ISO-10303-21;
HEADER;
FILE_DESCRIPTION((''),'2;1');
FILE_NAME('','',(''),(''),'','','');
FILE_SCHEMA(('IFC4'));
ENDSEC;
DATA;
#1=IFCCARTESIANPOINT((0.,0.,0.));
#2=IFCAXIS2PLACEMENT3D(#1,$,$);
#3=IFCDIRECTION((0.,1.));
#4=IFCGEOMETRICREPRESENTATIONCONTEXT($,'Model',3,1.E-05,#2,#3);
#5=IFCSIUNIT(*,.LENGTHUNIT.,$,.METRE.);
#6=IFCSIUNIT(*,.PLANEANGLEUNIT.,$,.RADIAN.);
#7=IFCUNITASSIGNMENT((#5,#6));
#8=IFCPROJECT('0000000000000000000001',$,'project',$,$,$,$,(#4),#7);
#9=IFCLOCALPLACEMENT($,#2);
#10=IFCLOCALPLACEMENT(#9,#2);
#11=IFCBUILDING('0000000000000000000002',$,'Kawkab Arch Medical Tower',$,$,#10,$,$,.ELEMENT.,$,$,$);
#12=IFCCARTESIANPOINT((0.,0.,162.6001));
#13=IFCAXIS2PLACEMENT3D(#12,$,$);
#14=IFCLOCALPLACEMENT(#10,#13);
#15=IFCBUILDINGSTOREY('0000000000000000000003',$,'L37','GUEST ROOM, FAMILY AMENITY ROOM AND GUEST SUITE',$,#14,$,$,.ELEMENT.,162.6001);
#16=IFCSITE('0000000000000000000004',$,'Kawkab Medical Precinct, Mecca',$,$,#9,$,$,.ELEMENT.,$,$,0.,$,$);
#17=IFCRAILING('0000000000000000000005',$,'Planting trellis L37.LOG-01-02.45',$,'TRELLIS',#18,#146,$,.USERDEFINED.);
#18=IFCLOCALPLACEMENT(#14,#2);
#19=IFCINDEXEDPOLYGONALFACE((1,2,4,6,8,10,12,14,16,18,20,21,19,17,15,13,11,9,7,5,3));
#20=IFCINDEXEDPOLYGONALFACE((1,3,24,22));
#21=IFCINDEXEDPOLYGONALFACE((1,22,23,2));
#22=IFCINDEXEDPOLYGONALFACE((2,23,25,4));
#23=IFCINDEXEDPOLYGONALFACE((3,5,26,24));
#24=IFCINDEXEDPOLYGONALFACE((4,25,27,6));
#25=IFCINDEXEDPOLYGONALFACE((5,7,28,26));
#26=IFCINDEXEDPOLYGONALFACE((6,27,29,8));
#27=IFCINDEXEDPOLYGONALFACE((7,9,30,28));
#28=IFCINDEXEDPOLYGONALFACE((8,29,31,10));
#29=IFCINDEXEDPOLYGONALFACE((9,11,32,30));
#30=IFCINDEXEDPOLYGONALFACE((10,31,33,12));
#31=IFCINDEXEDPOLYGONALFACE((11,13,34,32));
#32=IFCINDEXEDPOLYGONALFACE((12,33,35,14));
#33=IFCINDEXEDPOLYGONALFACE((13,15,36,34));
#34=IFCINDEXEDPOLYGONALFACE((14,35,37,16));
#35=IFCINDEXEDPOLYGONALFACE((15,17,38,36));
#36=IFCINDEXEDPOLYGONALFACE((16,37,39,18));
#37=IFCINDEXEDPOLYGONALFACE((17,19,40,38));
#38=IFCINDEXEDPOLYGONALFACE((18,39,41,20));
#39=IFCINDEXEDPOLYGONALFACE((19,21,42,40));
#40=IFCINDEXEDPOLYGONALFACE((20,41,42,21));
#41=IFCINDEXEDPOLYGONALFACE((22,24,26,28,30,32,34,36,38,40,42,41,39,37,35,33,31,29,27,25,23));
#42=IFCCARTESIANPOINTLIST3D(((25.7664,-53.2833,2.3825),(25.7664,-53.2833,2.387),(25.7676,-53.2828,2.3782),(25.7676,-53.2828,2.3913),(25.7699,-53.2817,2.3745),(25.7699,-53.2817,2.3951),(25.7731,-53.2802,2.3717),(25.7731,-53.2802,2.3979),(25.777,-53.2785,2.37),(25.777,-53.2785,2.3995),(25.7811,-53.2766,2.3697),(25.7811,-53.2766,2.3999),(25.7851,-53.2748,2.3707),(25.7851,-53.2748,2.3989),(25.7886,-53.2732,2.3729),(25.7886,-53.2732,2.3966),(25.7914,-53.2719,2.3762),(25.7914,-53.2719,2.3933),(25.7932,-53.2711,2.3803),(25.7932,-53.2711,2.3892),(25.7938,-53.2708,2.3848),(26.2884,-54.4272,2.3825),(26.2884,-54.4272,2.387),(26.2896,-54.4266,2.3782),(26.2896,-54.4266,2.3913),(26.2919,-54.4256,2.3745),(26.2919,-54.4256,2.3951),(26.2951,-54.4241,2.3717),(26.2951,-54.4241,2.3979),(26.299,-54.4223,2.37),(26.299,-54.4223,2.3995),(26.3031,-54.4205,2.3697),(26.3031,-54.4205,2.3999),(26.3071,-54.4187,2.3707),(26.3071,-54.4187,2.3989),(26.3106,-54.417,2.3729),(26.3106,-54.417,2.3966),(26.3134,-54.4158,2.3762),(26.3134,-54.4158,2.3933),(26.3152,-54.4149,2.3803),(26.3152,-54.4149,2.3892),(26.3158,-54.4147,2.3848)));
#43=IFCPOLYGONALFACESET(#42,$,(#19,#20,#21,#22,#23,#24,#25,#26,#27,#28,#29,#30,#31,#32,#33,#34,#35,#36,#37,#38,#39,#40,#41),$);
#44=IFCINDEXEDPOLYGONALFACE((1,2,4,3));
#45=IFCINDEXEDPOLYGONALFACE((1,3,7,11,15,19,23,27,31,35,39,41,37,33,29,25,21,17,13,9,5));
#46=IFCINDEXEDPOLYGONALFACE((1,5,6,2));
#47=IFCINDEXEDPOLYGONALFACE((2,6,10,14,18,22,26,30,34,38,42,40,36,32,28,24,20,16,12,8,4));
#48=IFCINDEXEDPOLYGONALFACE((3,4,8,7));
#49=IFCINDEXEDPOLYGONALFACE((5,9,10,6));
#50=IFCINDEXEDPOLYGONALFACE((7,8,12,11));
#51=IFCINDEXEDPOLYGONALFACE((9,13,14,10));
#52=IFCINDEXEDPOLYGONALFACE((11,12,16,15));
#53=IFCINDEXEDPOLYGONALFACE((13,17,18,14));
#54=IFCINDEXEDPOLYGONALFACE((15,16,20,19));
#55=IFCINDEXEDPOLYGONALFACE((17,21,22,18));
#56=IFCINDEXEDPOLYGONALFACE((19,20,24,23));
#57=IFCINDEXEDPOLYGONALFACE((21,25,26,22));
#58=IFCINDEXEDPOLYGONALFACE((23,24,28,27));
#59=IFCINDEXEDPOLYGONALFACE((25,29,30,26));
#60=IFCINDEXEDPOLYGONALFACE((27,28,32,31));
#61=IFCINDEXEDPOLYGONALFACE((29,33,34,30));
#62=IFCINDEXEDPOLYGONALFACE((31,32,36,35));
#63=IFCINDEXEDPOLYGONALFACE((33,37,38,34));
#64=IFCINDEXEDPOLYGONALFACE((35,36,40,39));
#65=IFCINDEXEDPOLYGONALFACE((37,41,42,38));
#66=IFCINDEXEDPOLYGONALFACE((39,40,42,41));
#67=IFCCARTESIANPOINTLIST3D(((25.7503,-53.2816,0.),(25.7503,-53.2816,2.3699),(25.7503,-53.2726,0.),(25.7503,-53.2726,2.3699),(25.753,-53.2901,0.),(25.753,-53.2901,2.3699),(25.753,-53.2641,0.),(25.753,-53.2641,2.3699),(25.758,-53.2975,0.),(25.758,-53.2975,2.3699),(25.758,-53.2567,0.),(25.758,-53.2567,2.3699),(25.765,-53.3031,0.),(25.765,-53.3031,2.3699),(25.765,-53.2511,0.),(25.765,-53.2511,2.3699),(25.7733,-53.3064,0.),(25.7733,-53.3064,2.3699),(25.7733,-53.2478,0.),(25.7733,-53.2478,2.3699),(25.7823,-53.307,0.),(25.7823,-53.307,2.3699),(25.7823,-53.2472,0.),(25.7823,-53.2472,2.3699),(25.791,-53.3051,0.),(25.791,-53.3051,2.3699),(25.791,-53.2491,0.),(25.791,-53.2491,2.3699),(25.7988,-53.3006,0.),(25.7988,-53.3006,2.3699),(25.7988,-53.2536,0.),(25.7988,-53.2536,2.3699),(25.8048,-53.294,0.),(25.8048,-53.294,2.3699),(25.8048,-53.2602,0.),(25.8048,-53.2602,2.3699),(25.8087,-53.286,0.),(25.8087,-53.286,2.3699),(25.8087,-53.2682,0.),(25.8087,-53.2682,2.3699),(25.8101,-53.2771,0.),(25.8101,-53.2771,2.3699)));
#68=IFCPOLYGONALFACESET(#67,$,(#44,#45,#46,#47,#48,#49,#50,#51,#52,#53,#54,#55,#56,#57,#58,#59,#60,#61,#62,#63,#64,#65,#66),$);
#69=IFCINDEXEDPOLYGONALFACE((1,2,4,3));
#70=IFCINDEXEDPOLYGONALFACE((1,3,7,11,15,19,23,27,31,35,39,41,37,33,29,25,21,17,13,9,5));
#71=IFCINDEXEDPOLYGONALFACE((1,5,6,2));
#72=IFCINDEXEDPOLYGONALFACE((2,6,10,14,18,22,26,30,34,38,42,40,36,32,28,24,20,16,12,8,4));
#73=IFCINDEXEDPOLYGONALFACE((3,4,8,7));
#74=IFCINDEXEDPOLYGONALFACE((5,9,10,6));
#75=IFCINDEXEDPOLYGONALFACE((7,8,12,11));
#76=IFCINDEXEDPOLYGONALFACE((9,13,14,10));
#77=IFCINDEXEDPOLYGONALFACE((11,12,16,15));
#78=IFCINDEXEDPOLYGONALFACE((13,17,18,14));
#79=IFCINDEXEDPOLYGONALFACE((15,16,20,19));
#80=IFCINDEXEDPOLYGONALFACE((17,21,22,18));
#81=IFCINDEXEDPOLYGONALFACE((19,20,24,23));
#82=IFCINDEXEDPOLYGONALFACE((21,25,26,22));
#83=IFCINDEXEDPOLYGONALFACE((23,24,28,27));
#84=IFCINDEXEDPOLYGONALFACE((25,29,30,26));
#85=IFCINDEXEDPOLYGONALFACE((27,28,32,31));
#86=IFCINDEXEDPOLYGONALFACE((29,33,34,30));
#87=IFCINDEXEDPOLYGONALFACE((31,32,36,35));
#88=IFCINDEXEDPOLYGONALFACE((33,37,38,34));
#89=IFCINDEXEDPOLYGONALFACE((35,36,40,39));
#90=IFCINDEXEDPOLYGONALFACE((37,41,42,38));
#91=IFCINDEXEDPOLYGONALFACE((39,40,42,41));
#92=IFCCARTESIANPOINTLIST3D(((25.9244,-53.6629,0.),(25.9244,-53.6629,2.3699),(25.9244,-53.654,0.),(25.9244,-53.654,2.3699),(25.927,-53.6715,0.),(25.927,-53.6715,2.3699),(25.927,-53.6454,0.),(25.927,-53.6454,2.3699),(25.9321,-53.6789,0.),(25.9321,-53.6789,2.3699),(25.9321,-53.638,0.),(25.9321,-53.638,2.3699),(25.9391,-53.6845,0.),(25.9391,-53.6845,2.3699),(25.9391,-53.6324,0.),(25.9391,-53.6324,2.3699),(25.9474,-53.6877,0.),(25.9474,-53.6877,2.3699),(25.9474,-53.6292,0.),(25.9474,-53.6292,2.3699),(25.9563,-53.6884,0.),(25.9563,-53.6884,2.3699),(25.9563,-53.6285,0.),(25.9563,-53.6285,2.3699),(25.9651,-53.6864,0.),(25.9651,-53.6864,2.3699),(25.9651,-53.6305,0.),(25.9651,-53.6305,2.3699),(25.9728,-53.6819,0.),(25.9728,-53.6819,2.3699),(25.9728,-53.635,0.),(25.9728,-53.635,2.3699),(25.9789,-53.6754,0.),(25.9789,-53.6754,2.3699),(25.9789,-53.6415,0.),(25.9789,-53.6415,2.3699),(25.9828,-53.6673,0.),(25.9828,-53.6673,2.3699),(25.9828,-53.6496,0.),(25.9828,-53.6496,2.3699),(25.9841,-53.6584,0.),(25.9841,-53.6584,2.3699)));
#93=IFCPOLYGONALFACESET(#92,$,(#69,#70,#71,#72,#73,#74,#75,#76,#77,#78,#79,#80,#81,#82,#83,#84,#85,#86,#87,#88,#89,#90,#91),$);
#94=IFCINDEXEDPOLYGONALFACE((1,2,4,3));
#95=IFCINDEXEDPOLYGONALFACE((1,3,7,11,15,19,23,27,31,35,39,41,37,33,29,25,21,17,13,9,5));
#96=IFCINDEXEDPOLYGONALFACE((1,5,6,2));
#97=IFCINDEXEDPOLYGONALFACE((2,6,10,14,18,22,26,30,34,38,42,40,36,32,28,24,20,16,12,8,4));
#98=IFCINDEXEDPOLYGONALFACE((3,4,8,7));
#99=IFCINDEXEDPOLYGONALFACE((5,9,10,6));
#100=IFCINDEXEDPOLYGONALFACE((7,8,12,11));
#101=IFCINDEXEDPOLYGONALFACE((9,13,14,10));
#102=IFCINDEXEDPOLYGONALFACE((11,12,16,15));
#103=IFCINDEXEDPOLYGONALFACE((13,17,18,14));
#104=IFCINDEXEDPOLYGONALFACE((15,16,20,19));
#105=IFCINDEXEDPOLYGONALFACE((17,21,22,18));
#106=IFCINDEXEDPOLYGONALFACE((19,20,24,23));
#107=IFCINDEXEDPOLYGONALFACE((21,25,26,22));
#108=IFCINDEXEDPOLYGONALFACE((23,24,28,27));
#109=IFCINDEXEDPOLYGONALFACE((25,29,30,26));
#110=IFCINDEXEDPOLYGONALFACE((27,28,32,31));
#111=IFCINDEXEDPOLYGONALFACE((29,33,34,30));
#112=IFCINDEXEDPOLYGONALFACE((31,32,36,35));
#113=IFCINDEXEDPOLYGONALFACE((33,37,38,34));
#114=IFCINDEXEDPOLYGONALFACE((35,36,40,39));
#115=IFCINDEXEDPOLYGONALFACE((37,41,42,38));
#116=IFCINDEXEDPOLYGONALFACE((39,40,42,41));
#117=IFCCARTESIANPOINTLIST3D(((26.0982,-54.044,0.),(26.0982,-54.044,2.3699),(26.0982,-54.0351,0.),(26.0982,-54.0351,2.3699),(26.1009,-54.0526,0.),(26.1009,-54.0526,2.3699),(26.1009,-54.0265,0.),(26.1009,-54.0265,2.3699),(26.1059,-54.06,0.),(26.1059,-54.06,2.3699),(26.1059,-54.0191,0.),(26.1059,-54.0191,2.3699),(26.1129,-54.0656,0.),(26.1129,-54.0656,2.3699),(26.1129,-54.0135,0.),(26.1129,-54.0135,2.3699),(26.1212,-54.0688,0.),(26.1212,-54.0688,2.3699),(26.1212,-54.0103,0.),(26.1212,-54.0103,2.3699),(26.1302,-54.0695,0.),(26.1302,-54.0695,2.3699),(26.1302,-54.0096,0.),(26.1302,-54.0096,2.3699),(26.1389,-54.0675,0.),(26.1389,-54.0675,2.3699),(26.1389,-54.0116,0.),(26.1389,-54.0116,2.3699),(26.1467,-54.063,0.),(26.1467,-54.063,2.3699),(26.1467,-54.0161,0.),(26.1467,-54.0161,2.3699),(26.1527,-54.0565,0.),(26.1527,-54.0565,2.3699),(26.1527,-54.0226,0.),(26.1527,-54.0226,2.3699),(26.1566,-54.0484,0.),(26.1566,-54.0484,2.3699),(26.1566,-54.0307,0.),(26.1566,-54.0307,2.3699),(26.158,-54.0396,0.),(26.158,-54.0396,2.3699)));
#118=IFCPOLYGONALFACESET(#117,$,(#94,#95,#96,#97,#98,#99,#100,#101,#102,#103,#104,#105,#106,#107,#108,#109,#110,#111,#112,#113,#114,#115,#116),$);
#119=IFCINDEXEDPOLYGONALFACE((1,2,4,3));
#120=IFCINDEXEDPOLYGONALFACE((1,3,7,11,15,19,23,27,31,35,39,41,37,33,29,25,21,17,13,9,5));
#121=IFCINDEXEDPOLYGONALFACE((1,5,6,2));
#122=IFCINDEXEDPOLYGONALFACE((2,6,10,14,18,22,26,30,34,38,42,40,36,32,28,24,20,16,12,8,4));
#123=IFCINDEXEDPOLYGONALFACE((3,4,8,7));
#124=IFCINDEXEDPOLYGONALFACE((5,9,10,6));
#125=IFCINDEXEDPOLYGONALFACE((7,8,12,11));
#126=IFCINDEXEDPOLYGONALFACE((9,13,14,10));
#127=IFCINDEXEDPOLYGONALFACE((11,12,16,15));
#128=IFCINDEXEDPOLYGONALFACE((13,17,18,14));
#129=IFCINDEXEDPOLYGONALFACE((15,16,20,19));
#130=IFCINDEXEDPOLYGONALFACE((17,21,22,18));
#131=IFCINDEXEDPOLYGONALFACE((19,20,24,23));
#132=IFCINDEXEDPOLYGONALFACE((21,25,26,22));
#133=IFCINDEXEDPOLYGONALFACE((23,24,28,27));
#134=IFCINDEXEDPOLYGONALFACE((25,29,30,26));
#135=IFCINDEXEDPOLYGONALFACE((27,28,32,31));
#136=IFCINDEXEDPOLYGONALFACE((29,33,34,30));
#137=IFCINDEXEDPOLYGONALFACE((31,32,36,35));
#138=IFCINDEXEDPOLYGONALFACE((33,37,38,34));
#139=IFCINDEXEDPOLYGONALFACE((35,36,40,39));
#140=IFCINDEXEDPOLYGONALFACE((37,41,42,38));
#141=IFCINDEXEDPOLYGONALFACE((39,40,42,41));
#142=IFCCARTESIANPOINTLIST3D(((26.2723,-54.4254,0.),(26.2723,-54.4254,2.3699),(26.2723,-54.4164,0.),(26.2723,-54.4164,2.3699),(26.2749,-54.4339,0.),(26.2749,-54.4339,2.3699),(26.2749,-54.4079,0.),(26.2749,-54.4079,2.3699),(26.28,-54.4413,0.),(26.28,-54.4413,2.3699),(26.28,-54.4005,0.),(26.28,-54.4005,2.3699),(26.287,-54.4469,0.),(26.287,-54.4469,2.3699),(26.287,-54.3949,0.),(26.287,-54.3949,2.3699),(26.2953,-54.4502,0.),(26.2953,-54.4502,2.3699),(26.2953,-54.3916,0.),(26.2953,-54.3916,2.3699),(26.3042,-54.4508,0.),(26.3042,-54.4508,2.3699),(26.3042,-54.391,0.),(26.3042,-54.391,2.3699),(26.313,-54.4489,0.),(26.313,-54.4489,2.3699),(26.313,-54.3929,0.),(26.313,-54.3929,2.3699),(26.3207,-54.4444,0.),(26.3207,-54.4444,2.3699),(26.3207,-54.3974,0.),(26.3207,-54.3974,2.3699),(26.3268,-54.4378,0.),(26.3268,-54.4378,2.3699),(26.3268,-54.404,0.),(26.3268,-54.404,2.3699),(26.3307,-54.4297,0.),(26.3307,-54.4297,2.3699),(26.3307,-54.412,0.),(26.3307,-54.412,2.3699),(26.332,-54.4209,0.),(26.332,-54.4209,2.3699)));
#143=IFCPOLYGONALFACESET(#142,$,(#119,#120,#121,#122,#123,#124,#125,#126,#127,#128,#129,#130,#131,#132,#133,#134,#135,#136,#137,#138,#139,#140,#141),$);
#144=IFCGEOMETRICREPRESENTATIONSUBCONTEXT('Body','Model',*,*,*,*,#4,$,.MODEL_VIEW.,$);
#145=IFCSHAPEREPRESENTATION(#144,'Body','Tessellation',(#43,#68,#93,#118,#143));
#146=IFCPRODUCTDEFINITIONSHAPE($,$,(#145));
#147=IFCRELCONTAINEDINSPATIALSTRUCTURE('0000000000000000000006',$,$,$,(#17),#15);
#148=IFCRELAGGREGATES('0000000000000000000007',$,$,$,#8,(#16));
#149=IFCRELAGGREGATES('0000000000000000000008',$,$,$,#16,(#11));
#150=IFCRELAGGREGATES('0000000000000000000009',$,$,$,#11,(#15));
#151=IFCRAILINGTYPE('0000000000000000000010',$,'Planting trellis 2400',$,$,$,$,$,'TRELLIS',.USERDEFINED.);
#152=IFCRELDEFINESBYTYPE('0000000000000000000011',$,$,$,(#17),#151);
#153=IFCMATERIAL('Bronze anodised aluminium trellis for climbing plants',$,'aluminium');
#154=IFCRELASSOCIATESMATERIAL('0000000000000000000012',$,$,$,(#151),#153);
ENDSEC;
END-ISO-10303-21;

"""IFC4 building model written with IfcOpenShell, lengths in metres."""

from ifc_helpers import new_model, si_unit, direction, frame, origin, origin_2d, place, context, subcontext, project, spatial, circle, extrude, material, type_object, element, save


model = new_model("IFC4")

# Units and contexts
model_context = context("Model", 3, precision=1e-05, world=origin(), true_north=direction((0.0, 1.0)))
body_context = subcontext(model_context, "Body", "Model", "MODEL_VIEW")
ifc_project = project(units=[si_unit("LENGTHUNIT", "METRE"), si_unit("PLANEANGLEUNIT", "RADIAN")], contexts=[model_context])

# Site, building, storey
site_placement = place(None, origin())
site = spatial("IfcSite", under=ifc_project, at=site_placement, Name="Kawkab Medical Precinct, Mecca", CompositionType="ELEMENT", RefElevation=0.0)
building_placement = place(site_placement, origin())
building = spatial("IfcBuilding", under=site, at=building_placement, Name="Kawkab Arch Medical Tower", CompositionType="ELEMENT")
storey_placement = place(building_placement, frame((0.0, 0.0, 162.6001)))
storey = spatial("IfcBuildingStorey", under=building, at=storey_placement, Name="L37", Description="GUEST ROOM, FAMILY AMENITY ROOM AND GUEST SUITE", CompositionType="ELEMENT", Elevation=162.6001)

# Railing
ifc_material_1 = material(Name="Bronze anodised aluminium trellis for climbing plants", Category="aluminium")
railing_type = type_object("IfcRailingType", Name="Planting trellis 2400", ElementType="TRELLIS", PredefinedType="USERDEFINED", material=ifc_material_1)
railing_1_placement = place(storey_placement, frame((25.78, -53.2771, 0.0)))
element("IfcRailing", 1, at=railing_1_placement, inside=storey, type_object=railing_type, Name="Planting trellis L37.LOG-01-02.45", ObjectType="TRELLIS", PredefinedType="USERDEFINED", context=body_context, shape_type="SweptSolid", body=[
    extrude(circle(Radius=0.0151, at=origin_2d()), frame((0.0, 0.0, 2.3848), z_axis=(0.415163, -0.909747, 0.0), x_axis=(0.909747, 0.415163, 0.0)), (0.0, 0.0, 1.0), 1.2573),
    extrude(circle(Radius=0.03, at=origin_2d()), origin(), (0.0, 0.0, 1.0), 2.3699),
    extrude(circle(Radius=0.03, at=origin_2d()), frame((0.1741, -0.3813, 0.0)), (0.0, 0.0, 1.0), 2.3699),
    extrude(circle(Radius=0.03, at=origin_2d()), frame((0.3479, -0.7625, 0.0)), (0.0, 0.0, 1.0), 2.3699),
    extrude(circle(Radius=0.03, at=origin_2d()), frame((0.522, -1.1438, 0.0)), (0.0, 0.0, 1.0), 2.3699),
])

save(model, "model.ifc")
